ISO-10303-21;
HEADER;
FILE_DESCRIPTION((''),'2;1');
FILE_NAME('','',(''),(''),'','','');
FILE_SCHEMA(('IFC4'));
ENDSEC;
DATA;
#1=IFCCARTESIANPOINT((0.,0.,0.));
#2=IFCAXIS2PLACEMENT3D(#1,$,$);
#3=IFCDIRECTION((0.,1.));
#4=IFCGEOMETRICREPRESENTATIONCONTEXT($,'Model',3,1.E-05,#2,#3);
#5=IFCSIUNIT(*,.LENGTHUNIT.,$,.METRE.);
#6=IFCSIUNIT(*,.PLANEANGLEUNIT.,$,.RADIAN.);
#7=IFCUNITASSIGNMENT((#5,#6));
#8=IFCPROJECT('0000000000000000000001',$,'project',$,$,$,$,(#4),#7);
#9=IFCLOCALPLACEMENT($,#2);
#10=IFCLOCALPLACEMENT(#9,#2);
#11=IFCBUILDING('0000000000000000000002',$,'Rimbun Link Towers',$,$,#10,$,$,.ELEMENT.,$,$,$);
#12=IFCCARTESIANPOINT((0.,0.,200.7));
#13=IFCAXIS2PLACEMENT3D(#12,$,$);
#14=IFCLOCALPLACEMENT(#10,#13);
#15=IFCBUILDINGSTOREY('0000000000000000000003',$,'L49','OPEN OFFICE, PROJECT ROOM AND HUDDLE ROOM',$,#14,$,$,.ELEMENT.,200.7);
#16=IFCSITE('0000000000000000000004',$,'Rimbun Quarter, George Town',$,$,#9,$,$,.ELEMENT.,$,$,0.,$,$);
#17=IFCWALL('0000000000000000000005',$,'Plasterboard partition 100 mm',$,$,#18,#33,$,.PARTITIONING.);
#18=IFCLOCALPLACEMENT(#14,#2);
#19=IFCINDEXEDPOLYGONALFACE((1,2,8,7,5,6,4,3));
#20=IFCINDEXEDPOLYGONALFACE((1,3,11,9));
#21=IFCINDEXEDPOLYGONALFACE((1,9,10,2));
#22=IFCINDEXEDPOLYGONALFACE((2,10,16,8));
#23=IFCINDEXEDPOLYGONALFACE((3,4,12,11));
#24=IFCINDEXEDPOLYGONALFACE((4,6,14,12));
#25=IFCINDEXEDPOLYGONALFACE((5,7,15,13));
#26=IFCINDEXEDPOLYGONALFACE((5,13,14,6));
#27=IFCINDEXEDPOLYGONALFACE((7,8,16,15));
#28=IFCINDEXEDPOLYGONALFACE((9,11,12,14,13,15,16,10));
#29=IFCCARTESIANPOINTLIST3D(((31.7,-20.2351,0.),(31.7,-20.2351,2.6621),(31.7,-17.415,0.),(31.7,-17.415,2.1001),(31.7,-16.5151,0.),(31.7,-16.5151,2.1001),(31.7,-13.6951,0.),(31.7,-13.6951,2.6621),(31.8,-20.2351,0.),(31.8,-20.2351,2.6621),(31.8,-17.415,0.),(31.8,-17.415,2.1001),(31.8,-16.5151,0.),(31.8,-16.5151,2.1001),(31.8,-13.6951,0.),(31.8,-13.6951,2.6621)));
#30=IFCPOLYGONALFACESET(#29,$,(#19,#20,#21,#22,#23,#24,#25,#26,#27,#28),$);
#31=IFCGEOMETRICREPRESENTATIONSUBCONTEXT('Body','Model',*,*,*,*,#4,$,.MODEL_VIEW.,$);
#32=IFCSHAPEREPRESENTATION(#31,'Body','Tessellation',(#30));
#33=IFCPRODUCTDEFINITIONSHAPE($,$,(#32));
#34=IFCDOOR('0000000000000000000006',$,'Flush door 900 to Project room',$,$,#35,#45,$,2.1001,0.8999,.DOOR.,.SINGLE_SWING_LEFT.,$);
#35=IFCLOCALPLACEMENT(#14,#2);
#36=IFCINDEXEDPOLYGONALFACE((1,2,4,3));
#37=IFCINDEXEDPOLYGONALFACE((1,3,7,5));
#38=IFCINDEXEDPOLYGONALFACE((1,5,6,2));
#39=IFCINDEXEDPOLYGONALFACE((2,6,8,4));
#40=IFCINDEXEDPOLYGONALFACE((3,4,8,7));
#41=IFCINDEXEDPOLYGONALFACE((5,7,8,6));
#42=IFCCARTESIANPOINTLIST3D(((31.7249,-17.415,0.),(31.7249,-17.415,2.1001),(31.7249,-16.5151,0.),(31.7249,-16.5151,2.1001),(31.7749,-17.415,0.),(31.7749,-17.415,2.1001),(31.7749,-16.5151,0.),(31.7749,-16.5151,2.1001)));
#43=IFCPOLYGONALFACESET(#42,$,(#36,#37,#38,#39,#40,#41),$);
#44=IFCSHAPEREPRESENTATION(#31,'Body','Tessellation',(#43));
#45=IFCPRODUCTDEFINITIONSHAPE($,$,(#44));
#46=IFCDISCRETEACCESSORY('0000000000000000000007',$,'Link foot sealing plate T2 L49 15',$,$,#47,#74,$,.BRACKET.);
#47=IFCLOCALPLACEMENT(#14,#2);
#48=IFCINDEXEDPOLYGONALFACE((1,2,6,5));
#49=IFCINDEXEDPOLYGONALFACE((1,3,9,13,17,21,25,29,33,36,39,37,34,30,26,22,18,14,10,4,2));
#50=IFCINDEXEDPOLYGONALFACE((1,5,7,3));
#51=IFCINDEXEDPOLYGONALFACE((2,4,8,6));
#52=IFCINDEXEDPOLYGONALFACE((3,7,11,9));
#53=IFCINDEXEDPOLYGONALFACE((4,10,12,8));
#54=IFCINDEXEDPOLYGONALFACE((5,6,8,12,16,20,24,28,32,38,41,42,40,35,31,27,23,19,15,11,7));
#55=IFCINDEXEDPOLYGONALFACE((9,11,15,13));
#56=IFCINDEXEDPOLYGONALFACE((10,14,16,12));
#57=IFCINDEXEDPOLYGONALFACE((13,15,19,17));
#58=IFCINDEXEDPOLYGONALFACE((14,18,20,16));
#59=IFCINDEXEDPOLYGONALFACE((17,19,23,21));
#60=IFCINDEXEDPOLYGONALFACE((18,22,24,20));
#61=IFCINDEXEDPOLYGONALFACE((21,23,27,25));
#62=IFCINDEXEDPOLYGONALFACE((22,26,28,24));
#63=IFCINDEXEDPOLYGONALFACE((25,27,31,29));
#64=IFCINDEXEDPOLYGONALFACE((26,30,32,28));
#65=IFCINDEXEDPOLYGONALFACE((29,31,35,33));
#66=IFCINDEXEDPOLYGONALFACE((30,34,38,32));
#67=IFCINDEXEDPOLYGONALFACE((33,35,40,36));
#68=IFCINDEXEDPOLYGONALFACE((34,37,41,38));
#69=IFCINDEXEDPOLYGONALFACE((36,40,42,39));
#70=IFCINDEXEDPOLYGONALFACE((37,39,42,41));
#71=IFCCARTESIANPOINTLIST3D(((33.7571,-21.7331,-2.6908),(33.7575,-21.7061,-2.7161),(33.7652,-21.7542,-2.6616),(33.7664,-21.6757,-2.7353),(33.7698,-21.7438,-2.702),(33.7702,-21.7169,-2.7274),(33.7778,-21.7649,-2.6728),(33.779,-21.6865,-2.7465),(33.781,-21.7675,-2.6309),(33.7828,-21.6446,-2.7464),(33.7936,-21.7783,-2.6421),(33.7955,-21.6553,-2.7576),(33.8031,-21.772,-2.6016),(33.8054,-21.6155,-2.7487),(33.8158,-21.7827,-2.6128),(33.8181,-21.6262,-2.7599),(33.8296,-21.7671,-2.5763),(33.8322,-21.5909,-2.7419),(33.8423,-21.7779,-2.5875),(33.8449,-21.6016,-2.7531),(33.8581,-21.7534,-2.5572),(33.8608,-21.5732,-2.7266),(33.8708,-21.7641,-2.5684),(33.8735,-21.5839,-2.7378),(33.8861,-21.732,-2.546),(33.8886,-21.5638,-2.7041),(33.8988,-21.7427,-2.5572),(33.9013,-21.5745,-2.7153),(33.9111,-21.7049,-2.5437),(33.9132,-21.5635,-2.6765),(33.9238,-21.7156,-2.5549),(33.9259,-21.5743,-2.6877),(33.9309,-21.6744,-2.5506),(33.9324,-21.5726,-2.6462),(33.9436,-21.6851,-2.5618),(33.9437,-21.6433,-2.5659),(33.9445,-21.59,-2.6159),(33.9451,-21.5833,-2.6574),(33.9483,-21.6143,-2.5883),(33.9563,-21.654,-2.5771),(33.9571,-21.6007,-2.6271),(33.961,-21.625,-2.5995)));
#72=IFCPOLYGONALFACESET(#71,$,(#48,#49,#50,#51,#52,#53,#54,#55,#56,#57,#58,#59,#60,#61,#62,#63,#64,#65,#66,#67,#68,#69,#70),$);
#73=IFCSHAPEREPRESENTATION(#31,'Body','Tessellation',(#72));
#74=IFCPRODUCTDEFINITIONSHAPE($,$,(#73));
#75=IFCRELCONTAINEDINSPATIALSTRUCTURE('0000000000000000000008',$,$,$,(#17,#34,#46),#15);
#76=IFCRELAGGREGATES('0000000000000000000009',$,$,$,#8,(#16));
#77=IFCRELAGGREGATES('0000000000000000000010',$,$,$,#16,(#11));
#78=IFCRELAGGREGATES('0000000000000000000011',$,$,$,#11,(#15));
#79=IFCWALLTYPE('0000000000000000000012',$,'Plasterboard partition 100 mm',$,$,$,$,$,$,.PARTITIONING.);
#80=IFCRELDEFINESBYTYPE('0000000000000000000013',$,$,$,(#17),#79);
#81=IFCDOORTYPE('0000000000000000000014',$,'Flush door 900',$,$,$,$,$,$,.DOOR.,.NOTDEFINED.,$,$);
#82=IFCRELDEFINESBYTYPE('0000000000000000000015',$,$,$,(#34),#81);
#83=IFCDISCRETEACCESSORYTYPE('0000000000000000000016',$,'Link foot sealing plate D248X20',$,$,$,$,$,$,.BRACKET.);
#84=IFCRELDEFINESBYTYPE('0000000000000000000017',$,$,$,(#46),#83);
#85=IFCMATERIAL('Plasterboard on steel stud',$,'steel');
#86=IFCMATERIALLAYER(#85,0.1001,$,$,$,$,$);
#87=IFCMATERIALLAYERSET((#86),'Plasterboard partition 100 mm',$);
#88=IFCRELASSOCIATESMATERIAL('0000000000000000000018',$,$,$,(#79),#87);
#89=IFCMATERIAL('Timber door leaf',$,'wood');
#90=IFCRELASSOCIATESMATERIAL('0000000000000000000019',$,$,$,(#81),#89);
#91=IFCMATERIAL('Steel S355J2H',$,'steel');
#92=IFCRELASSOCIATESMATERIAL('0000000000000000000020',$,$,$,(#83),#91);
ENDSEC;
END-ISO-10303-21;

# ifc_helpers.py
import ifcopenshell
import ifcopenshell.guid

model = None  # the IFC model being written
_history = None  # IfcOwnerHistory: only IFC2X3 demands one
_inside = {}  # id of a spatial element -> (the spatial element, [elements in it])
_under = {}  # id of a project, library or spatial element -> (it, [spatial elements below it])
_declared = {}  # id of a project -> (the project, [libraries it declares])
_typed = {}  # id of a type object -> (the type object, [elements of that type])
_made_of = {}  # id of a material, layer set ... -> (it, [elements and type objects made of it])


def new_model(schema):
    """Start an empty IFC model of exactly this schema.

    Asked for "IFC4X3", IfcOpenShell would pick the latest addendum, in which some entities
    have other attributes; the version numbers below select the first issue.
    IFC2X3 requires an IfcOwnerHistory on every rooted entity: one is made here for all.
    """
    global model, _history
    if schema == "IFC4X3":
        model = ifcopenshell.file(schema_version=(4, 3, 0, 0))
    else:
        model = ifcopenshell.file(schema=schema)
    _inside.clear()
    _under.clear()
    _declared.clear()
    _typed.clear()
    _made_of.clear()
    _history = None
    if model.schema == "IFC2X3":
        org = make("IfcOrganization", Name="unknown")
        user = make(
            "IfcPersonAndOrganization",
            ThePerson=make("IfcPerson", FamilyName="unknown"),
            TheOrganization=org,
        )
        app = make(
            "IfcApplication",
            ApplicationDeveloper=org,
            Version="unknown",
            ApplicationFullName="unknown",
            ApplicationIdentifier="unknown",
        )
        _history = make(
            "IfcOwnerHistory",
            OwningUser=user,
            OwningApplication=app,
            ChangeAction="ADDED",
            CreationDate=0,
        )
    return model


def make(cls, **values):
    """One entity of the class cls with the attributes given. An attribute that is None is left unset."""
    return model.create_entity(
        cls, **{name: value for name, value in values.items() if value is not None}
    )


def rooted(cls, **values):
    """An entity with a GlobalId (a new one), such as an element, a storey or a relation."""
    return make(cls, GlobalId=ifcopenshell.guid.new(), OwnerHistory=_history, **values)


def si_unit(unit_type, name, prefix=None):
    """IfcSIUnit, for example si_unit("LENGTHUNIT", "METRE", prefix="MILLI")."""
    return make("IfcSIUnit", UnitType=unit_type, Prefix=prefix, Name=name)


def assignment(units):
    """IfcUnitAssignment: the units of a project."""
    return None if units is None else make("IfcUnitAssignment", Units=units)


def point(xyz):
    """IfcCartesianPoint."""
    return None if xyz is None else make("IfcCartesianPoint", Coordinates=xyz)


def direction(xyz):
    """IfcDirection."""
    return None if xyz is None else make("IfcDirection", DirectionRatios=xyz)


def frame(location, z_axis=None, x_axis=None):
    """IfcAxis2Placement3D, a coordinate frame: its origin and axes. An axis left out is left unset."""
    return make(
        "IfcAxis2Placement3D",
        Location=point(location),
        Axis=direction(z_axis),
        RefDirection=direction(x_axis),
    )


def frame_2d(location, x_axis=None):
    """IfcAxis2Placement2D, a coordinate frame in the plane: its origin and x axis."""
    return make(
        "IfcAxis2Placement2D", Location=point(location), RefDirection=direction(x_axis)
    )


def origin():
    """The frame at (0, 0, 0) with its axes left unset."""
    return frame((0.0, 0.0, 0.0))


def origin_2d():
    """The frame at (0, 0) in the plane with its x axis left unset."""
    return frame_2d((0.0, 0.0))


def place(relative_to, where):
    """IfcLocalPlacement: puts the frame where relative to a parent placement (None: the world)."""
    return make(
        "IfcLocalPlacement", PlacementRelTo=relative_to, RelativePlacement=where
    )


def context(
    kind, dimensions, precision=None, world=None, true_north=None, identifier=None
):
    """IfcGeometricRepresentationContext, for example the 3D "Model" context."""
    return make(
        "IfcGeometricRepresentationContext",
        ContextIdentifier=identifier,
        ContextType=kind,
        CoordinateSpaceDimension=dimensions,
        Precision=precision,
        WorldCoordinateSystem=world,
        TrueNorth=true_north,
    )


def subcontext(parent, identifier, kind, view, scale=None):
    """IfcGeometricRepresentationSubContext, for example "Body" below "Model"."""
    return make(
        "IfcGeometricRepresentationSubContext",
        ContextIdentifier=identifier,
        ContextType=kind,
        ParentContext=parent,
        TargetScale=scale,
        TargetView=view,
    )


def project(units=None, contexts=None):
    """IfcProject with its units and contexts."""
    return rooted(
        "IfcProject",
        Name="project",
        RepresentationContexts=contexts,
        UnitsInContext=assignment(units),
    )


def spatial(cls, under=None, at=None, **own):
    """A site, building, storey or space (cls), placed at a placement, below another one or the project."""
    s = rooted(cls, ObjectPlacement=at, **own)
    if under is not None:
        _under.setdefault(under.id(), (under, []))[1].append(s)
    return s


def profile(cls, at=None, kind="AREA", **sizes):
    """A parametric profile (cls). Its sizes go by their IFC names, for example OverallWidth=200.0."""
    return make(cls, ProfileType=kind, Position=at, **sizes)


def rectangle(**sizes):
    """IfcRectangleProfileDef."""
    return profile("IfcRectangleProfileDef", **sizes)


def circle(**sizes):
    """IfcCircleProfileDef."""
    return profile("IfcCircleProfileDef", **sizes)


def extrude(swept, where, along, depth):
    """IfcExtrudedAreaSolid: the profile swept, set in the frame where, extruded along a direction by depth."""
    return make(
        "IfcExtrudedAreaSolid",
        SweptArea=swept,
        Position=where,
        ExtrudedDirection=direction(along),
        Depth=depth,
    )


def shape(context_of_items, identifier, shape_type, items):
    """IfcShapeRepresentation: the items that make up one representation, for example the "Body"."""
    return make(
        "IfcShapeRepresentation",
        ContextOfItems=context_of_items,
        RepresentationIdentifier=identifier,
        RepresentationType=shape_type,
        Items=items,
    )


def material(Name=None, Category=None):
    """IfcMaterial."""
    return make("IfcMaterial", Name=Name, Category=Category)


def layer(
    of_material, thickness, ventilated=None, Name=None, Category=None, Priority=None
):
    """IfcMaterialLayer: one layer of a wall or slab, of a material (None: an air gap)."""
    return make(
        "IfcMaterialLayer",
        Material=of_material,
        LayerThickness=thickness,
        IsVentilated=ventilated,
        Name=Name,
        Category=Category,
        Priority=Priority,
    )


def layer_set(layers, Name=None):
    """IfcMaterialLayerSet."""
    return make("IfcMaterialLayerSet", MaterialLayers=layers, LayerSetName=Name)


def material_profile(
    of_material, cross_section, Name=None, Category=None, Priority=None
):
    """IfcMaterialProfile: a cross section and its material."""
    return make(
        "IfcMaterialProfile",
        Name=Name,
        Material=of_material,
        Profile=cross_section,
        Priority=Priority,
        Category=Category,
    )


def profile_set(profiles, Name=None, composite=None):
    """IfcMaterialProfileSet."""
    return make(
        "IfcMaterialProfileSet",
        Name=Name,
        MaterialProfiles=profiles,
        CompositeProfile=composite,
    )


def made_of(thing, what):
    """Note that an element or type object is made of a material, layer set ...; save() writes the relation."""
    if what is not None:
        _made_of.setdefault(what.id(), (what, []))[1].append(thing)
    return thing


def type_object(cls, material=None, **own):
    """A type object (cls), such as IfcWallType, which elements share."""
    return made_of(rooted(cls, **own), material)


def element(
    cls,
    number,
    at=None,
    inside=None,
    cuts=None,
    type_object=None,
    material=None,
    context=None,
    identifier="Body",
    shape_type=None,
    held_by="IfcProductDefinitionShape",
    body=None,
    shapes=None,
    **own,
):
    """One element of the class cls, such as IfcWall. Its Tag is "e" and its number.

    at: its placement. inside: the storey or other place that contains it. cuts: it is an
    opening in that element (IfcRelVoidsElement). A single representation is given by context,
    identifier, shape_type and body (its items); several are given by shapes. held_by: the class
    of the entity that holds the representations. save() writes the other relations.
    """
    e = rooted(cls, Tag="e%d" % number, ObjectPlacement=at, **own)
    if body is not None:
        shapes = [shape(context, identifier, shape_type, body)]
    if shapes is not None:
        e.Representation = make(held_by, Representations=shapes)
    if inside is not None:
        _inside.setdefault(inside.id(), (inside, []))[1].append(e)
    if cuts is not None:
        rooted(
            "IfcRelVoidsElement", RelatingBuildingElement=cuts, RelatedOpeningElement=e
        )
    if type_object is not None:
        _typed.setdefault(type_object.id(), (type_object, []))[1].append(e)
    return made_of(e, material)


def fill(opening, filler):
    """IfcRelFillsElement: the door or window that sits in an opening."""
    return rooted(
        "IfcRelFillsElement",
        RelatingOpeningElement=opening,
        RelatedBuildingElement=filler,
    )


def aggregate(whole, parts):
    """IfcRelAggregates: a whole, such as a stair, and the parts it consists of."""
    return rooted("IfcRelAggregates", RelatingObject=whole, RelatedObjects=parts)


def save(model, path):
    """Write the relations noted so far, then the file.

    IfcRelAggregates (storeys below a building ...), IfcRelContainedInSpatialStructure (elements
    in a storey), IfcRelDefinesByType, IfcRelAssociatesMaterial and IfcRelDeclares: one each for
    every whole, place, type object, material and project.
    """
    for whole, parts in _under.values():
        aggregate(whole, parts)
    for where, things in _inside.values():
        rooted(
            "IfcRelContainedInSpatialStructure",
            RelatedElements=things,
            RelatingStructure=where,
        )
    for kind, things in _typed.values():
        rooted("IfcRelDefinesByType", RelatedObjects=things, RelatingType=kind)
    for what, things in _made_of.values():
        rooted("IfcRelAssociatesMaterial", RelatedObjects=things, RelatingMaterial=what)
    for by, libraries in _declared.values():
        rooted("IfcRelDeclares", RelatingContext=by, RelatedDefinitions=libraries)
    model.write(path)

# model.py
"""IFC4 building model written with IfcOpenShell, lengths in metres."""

from ifc_helpers import new_model, si_unit, direction, frame, frame_2d, origin, origin_2d, place, context, subcontext, project, spatial, rectangle, circle, extrude, material, layer, layer_set, material_profile, profile_set, type_object, element, fill, save


model = new_model("IFC4")

# Units and contexts
model_context = context("Model", 3, precision=1e-05, world=origin(), true_north=direction((0.0, 1.0)))
body_context = subcontext(model_context, "Body", "Model", "MODEL_VIEW")
ifc_project = project(units=[si_unit("LENGTHUNIT", "METRE"), si_unit("PLANEANGLEUNIT", "RADIAN")], contexts=[model_context])

# Site, building, storey
site_placement = place(None, origin())
site = spatial("IfcSite", under=ifc_project, at=site_placement, Name="Rimbun Quarter, George Town", CompositionType="ELEMENT", RefElevation=0.0)
building_placement = place(site_placement, origin())
building = spatial("IfcBuilding", under=site, at=building_placement, Name="Rimbun Link Towers", CompositionType="ELEMENT")
storey_placement = place(building_placement, frame((0.0, 0.0, 200.7)))
storey = spatial("IfcBuildingStorey", under=building, at=storey_placement, Name="L49", Description="OPEN OFFICE, PROJECT ROOM AND HUDDLE ROOM", CompositionType="ELEMENT", Elevation=200.7)

# Shared definitions
ifc_material_1 = material(Name="Plasterboard on steel stud", Category="steel")
ifc_layer_1 = layer(ifc_material_1, 0.1001)
ifc_layer_set_1 = layer_set([ifc_layer_1], Name="Plasterboard partition 100 mm")
wall_type = type_object("IfcWallType", Name="Plasterboard partition 100 mm", PredefinedType="PARTITIONING", material=ifc_layer_set_1)

# Wall, opening, door
wall_1_placement = place(storey_placement, frame((31.75, -13.6951, 0.0), z_axis=(0.0, 0.0, 1.0), x_axis=(0.0, -1.0, 0.0)))
wall_1 = element("IfcWall", 1, at=wall_1_placement, inside=storey, type_object=wall_type, Name="Plasterboard partition 100 mm", PredefinedType="PARTITIONING", context=body_context, shape_type="SweptSolid", body=[
    extrude(rectangle(XDim=6.54, YDim=0.1001, at=frame_2d((3.27, 0.0))), origin(), (0.0, 0.0, 1.0), 2.6621),
])
opening_1_placement = place(wall_1_placement, frame((2.8201, 0.0, 0.0)))
opening_1 = element("IfcOpeningElement", 2, at=opening_1_placement, cuts=wall_1, PredefinedType="OPENING", context=body_context, shape_type="SweptSolid", body=[
    extrude(rectangle(XDim=0.8999, YDim=2.1001, at=frame_2d((0.45, 1.05))), frame((0.0, 0.0601, 0.0), z_axis=(0.0, -1.0, 0.0), x_axis=(1.0, 0.0, 0.0)), (0.0, 0.0, 1.0), 0.1201),
])
ifc_material_2 = material(Name="Timber door leaf", Category="wood")
door_type_1 = type_object("IfcDoorType", Name="Flush door 900", OperationType="NOTDEFINED", PredefinedType="DOOR", material=ifc_material_2)
door_1_placement = place(opening_1_placement, origin())
door_1 = element("IfcDoor", 3, at=door_1_placement, inside=storey, type_object=door_type_1, Name="Flush door 900 to Project room", OperationType="SINGLE_SWING_LEFT", OverallHeight=2.1001, OverallWidth=0.8999, PredefinedType="DOOR", context=body_context, shape_type="SweptSolid", body=[
    extrude(rectangle(XDim=0.8999, YDim=2.1001, at=frame_2d((0.45, 1.05))), frame((0.0, 0.0249, 0.0), z_axis=(0.0, -1.0, 0.0), x_axis=(1.0, 0.0, 0.0)), (0.0, 0.0, 1.0), 0.05),
])
fill(opening_1, door_1)

# Discrete accessory
ifc_material_3 = material(Name="Steel S355J2H", Category="steel")
ifc_material_profile_1 = material_profile(ifc_material_3, circle(Radius=0.124, at=origin_2d()), Name="PL D248")
ifc_profile_set_1 = profile_set([ifc_material_profile_1], Name="Steel S355J2H")
discrete_accessory_type = type_object("IfcDiscreteAccessoryType", Name="Link foot sealing plate D248X20", PredefinedType="BRACKET", material=ifc_profile_set_1)
discrete_accessory_placement = place(storey_placement, frame((33.8523, -21.6672, -2.6462), z_axis=(0.632643, -0.535313, -0.559645), x_axis=(0.645942, 0.763386, 0.0)))
element("IfcDiscreteAccessory", 4, at=discrete_accessory_placement, inside=storey, type_object=discrete_accessory_type, Name="Link foot sealing plate T2 L49 15", PredefinedType="BRACKET", context=body_context, shape_type="SweptSolid", body=[
    extrude(circle(Radius=0.124, at=origin_2d()), origin(), (0.0, 0.0, 1.0), 0.02),
])

save(model, "model.ifc")
